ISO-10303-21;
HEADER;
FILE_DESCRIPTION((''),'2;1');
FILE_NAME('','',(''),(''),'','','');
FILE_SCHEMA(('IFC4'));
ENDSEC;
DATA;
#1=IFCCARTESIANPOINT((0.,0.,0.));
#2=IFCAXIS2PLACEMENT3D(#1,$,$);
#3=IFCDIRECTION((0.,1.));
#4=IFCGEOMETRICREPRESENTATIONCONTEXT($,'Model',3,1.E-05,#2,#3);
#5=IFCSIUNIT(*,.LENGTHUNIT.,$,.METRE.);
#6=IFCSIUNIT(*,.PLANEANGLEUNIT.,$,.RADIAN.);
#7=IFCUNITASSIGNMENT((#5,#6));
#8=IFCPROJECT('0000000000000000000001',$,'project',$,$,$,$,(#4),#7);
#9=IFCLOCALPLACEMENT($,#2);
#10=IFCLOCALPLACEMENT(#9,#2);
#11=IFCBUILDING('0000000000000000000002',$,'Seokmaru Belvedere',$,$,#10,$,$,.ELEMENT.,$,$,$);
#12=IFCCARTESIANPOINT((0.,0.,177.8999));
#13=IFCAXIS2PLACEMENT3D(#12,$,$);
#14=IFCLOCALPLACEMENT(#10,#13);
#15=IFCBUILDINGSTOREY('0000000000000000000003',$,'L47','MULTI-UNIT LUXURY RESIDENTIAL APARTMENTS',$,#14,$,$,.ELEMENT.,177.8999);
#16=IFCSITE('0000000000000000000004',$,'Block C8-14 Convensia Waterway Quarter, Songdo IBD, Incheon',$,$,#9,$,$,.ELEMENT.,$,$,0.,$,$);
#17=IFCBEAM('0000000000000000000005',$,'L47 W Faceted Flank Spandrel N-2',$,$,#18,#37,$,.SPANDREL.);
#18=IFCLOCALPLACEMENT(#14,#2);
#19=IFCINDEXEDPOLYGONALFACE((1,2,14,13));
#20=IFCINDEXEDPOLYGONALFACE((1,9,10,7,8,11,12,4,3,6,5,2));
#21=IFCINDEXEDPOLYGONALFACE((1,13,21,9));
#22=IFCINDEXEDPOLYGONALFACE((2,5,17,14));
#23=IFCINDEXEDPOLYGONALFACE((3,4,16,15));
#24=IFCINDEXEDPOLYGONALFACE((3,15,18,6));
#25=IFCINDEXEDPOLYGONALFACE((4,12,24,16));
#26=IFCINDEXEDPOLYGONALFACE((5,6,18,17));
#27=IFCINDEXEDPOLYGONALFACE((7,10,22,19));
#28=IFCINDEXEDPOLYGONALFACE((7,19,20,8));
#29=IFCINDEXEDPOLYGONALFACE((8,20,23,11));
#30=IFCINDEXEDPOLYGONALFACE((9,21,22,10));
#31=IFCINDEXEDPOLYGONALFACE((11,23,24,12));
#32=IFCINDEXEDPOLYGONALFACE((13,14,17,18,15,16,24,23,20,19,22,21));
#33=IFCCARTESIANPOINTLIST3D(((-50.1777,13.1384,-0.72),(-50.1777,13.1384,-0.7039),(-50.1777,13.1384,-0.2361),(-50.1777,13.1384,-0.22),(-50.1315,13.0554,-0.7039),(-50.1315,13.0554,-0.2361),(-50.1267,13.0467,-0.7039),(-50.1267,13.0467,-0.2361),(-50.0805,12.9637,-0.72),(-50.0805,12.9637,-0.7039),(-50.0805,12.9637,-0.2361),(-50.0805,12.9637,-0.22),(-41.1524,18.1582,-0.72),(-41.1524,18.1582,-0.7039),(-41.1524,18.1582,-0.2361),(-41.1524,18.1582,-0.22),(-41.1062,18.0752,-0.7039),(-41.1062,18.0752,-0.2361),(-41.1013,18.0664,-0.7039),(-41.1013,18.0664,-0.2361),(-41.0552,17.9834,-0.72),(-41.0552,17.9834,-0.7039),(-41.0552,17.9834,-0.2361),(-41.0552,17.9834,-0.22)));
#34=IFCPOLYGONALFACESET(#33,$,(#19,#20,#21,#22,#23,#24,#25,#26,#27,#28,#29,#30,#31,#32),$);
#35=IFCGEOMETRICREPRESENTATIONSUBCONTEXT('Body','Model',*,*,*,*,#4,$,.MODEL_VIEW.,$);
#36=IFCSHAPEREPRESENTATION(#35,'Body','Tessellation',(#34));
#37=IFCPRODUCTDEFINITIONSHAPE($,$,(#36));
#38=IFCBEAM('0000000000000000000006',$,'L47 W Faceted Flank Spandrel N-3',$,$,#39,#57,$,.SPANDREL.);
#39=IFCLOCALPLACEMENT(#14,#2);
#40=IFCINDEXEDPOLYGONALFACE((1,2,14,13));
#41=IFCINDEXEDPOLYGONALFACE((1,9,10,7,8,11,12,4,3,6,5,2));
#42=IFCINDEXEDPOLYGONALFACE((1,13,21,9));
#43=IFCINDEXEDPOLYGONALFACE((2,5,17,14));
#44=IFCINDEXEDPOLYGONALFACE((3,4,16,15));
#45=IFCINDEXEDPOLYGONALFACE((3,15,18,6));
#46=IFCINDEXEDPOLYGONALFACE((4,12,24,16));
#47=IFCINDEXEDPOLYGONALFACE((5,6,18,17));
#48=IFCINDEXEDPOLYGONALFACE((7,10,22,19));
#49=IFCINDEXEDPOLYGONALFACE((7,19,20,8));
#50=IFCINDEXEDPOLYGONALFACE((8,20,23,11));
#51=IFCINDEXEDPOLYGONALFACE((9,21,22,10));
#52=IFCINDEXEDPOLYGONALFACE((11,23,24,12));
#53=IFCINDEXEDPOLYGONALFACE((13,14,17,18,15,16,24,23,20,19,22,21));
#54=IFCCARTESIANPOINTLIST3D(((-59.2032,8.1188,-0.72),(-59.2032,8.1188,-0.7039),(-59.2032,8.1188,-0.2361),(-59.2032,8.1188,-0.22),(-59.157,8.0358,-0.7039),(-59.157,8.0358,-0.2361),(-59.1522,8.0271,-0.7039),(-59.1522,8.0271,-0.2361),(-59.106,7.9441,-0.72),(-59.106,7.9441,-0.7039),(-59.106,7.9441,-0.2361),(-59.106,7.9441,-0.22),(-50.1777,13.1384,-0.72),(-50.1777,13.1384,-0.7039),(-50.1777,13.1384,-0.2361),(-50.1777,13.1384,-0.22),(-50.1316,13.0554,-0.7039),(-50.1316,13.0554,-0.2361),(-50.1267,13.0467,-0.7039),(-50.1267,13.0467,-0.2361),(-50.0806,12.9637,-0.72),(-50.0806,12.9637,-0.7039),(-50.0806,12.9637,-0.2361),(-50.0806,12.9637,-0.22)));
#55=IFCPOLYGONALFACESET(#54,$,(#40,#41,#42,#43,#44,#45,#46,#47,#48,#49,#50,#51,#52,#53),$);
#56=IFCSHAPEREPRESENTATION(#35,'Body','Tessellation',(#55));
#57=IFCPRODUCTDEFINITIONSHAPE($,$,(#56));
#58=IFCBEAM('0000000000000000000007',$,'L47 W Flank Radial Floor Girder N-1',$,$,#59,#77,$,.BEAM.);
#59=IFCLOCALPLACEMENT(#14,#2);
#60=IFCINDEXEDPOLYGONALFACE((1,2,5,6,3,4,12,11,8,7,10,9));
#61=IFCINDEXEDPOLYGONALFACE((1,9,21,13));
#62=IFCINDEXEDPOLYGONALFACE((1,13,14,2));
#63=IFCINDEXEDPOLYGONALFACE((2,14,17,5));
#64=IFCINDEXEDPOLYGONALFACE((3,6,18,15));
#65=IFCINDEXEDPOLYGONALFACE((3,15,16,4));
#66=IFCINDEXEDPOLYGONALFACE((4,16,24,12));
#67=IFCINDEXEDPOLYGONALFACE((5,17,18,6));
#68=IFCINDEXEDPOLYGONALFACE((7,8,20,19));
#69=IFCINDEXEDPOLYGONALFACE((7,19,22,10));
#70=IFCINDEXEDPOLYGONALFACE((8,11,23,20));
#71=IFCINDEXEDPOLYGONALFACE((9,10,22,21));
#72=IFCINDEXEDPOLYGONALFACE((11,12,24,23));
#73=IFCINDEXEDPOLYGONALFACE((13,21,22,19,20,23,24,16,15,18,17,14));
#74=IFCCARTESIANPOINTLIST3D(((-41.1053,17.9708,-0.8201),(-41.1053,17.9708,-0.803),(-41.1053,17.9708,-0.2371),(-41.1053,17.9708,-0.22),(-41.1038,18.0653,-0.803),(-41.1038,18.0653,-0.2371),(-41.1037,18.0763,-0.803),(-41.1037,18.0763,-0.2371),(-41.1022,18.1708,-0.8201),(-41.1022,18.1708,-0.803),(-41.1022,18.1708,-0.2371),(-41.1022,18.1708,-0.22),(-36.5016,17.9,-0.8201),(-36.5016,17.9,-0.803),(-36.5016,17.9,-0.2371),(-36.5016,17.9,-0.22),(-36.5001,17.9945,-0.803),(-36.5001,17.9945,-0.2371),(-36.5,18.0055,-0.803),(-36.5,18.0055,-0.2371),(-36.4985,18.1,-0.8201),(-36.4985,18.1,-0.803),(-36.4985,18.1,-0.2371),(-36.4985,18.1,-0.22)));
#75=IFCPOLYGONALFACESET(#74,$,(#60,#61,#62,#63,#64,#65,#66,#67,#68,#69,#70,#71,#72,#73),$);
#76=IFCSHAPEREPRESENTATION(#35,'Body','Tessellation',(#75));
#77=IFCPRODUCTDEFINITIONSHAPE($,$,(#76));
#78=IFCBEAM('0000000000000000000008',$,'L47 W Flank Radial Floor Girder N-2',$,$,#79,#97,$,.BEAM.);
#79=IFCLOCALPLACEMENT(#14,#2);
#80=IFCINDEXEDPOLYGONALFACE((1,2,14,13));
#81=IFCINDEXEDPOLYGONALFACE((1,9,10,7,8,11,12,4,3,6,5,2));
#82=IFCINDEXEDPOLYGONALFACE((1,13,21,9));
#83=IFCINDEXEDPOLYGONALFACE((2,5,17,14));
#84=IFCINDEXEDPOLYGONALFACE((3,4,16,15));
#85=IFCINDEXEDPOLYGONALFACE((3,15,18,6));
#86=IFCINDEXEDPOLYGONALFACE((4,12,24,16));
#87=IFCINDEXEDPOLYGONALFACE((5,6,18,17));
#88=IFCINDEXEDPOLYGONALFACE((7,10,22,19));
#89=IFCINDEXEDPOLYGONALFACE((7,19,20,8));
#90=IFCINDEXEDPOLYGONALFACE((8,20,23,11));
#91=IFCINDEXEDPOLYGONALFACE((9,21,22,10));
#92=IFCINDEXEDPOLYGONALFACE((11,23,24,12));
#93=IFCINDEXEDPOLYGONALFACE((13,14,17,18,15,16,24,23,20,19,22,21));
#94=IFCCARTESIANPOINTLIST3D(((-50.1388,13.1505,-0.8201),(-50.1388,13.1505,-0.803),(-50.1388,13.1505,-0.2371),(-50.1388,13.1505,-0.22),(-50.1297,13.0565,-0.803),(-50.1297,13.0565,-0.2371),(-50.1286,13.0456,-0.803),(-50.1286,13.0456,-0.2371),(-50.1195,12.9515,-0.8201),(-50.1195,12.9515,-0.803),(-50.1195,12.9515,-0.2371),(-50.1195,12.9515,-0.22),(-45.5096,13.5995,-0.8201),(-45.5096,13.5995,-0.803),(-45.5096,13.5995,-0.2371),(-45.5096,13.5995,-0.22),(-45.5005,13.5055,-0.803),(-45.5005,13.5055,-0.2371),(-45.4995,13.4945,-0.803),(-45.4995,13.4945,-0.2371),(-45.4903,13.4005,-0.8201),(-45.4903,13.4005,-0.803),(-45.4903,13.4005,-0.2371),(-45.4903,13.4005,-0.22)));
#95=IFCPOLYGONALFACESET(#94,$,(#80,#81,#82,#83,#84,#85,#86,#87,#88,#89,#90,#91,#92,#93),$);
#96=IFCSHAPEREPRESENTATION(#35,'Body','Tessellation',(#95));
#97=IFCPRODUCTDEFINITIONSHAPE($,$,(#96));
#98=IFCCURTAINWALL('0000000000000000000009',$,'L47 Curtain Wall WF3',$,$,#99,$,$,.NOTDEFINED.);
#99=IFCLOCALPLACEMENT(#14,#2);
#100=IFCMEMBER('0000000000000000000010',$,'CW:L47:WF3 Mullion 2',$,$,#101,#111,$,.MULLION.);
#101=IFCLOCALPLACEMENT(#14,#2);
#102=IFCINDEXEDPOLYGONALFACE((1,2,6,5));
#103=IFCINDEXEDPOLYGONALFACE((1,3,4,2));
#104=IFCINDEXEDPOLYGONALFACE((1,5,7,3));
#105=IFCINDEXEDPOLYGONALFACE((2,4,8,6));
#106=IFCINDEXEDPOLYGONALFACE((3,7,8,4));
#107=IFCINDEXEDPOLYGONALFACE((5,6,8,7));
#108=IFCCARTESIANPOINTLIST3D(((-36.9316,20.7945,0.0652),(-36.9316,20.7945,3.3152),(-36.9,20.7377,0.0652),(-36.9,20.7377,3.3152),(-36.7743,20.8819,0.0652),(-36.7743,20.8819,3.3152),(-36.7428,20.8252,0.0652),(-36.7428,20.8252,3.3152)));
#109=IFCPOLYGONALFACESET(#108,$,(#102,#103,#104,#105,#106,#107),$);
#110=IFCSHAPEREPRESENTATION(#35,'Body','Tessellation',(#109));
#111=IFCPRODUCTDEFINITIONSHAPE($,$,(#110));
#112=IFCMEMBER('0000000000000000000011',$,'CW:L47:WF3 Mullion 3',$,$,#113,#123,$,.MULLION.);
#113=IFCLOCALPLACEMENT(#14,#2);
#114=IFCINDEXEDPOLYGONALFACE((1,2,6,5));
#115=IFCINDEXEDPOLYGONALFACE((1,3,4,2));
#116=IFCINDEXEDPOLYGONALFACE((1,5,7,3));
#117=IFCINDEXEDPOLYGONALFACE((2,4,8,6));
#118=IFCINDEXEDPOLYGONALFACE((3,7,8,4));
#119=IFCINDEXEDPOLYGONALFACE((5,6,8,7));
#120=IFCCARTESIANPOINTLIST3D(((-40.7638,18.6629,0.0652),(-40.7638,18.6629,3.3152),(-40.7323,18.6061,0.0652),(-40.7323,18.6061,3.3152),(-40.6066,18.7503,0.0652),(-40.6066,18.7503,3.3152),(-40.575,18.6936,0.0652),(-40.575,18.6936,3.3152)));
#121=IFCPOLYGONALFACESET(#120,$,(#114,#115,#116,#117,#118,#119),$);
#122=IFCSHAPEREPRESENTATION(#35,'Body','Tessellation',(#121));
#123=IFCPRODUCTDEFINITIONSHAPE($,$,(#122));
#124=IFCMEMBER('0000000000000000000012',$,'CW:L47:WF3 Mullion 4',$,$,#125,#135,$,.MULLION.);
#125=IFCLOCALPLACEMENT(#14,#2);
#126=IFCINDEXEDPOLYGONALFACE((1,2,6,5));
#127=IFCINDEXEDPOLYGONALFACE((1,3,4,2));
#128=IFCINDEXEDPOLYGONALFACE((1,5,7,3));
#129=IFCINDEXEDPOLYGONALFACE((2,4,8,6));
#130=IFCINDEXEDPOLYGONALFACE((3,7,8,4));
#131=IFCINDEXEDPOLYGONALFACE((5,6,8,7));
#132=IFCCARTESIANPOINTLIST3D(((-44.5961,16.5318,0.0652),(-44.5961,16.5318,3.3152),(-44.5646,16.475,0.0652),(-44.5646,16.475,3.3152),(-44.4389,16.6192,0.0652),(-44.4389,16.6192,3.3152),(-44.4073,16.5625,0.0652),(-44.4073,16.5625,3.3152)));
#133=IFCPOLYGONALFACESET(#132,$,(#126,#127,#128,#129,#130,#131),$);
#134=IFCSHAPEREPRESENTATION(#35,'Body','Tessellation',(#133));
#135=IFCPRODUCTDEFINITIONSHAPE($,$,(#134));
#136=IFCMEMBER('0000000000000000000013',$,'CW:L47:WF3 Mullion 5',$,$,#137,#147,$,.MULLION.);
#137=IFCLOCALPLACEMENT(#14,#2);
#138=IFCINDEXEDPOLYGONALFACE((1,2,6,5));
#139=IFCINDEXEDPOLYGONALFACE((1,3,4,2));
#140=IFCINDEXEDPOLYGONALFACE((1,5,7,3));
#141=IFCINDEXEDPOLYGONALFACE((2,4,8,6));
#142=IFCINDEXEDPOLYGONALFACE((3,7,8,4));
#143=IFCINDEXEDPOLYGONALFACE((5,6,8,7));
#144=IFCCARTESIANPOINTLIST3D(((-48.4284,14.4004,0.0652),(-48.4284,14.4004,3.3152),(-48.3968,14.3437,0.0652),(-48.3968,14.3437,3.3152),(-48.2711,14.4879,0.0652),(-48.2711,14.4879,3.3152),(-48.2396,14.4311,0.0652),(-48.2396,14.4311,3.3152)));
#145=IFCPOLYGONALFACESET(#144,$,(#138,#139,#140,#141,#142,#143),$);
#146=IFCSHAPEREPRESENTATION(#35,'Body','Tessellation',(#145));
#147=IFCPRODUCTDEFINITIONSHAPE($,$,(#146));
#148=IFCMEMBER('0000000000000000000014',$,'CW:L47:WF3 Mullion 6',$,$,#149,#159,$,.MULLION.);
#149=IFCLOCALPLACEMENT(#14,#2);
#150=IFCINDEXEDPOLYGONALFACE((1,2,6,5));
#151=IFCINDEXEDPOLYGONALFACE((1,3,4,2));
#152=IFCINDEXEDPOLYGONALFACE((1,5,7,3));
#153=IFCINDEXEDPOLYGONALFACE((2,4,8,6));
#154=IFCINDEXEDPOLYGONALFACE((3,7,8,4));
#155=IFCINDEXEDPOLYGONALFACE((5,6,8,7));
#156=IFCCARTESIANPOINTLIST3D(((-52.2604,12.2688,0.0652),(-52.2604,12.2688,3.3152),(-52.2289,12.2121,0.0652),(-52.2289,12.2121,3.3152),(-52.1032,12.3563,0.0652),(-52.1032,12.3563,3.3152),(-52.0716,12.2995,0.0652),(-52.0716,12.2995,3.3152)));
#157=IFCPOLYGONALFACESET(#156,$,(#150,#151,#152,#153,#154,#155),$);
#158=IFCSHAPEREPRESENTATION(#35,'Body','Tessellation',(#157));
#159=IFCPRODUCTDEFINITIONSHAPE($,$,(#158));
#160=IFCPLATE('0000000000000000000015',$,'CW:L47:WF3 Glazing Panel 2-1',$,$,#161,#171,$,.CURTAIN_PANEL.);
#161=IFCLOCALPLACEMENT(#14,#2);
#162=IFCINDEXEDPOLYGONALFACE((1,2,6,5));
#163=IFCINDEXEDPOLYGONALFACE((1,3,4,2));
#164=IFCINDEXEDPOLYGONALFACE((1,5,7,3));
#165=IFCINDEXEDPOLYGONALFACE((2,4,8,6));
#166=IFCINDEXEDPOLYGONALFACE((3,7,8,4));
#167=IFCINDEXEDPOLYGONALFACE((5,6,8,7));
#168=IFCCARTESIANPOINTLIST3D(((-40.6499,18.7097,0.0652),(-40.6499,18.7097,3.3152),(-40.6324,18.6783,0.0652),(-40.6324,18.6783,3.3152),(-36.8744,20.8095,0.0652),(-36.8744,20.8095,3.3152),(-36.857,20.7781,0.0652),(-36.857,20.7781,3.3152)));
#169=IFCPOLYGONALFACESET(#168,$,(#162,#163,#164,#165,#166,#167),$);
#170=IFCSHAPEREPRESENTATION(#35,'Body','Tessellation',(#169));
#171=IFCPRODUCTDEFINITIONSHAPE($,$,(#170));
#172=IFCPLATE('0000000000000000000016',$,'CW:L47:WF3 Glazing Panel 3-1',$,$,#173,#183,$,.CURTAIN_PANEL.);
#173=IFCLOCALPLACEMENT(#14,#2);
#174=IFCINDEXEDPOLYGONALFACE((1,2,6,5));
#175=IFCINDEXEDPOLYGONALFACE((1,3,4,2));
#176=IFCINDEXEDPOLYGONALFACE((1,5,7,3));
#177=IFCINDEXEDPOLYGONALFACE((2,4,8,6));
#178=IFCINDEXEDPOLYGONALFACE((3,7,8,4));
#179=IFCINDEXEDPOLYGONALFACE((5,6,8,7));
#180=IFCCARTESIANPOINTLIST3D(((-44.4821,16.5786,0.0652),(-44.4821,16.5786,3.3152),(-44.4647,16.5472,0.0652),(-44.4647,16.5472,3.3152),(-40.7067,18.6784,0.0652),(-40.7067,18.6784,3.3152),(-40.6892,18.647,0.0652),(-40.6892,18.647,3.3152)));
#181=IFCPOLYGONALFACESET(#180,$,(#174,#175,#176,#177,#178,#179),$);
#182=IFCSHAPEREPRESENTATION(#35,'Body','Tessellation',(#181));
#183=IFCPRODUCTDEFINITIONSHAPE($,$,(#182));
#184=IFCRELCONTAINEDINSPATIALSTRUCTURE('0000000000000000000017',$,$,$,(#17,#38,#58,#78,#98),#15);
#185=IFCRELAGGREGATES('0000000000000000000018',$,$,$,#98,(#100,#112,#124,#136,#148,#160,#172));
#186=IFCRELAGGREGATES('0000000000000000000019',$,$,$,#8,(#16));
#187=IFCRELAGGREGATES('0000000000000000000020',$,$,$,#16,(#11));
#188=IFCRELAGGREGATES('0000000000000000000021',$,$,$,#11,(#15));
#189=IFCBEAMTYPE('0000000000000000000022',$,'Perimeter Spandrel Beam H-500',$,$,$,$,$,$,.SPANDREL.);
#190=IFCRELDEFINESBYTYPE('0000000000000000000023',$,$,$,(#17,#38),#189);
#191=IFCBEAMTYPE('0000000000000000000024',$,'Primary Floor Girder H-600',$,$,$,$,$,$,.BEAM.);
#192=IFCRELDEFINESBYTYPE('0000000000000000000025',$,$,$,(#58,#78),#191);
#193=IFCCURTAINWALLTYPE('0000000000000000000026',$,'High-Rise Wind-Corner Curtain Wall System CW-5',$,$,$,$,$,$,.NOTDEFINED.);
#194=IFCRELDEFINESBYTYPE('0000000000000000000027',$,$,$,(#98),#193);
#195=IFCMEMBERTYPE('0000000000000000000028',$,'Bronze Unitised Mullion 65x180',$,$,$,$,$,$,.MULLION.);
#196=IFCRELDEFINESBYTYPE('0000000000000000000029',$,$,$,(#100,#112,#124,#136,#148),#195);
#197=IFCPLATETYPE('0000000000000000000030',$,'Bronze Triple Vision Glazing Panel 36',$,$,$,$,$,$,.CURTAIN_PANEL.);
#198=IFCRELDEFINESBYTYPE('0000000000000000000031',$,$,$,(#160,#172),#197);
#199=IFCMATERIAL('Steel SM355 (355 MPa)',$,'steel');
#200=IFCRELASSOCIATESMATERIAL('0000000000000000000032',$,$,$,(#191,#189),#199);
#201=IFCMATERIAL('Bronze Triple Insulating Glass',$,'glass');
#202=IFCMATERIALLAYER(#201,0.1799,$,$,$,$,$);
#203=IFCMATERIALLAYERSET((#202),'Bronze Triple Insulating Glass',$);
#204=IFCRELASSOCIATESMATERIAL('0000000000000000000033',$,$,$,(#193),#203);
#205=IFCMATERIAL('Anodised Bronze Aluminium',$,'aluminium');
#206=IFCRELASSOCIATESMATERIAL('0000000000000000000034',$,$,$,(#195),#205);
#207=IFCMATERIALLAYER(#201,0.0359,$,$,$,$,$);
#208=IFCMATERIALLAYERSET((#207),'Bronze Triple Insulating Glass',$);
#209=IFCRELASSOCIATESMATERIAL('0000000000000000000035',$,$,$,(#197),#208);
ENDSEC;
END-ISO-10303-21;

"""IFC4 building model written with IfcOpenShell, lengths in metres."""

from ifc_helpers import new_model, si_unit, direction, frame, origin, origin_2d, place, context, subcontext, project, spatial, rectangle, i_section, extrude, source, transform, mapped, material, layer, layer_set, material_profile, profile_set, type_object, type_shapes, element, aggregate, save


model = new_model("IFC4")

# Units and contexts
model_context = context("Model", 3, precision=1e-05, world=origin(), true_north=direction((0.0, 1.0)))
body_context = subcontext(model_context, "Body", "Model", "MODEL_VIEW")
ifc_project = project(units=[si_unit("LENGTHUNIT", "METRE"), si_unit("PLANEANGLEUNIT", "RADIAN")], contexts=[model_context])

# Site, building, storey
site_placement = place(None, origin())
site = spatial("IfcSite", under=ifc_project, at=site_placement, Name="Block C8-14 Convensia Waterway Quarter, Songdo IBD, Incheon", CompositionType="ELEMENT", RefElevation=0.0)
building_placement = place(site_placement, origin())
building = spatial("IfcBuilding", under=site, at=building_placement, Name="Seokmaru Belvedere", CompositionType="ELEMENT")
storey_placement = place(building_placement, frame((0.0, 0.0, 177.8999)))
storey = spatial("IfcBuildingStorey", under=building, at=storey_placement, Name="L47", Description="MULTI-UNIT LUXURY RESIDENTIAL APARTMENTS", CompositionType="ELEMENT", Elevation=177.8999)

# Shared definitions
ifc_material_1 = material(Name="Steel SM355 (355 MPa)", Category="steel")

# Beams
ifc_material_profile_1 = material_profile(ifc_material_1, i_section(OverallWidth=0.2, OverallDepth=0.6001, WebThickness=0.011, FlangeThickness=0.0171, at=origin_2d()), Name="H-600x200x11x17")
ifc_profile_set_1 = profile_set([ifc_material_profile_1], Name="Steel SM355 (355 MPa)")
beam_type_1 = type_object("IfcBeamType", Name="Primary Floor Girder H-600", PredefinedType="BEAM", material=ifc_profile_set_1)
ifc_material_profile_2 = material_profile(ifc_material_1, i_section(OverallWidth=0.2, OverallDepth=0.5, WebThickness=0.01, FlangeThickness=0.0161, at=origin_2d()), Name="H-500x200x10x16")
ifc_profile_set_2 = profile_set([ifc_material_profile_2], Name="Steel SM355 (355 MPa)")
beam_type_2 = type_object("IfcBeamType", Name="Perimeter Spandrel Beam H-500", PredefinedType="SPANDREL", material=ifc_profile_set_2)
shared_shape_1 = source(origin(), body_context, "Body", "SweptSolid", [
    extrude(i_section(OverallWidth=0.2, OverallDepth=0.5, WebThickness=0.01, FlangeThickness=0.0161, at=origin_2d()), origin(), (0.0, 0.0, 1.0), 10.3274),
])
type_shapes(beam_type_2, [shared_shape_1])
for number, where, z_axis, x_axis, name in (
    (1, (-41.1038, 18.0708, -0.47), (-0.873924, -0.486062, 0.0), (0.486062, -0.873924, 0.0), "L47 W Faceted Flank Spandrel N-2"),
    (2, (-50.1292, 13.051, -0.47), (-0.873934, -0.486044, 0.0), (0.486044, -0.873934, 0.0), "L47 W Faceted Flank Spandrel N-3"),
):
    element("IfcBeam", number, at=place(storey_placement, frame(where, z_axis=z_axis, x_axis=x_axis)), inside=storey, type_object=beam_type_2, Name=name, PredefinedType="SPANDREL", context=body_context, shape_type="MappedRepresentation", body=[
        mapped(shared_shape_1, transform((0.0, 0.0, 0.0), scale=1.0)),
    ])
shared_shape_2 = source(origin(), body_context, "Body", "SweptSolid", [
    extrude(i_section(OverallWidth=0.2, OverallDepth=0.6001, WebThickness=0.011, FlangeThickness=0.0171, at=origin_2d()), origin(), (0.0, 0.0, 1.0), 4.6042),
])
beam_1_placement = place(storey_placement, frame((-41.1038, 18.0708, -0.52), z_axis=(0.999882, -0.015377, 0.0), x_axis=(0.015377, 0.999882, 0.0)))
element("IfcBeam", 3, at=beam_1_placement, inside=storey, type_object=beam_type_1, Name="L47 W Flank Radial Floor Girder N-1", PredefinedType="BEAM", context=body_context, shape_type="MappedRepresentation", body=[
    mapped(shared_shape_2, transform((0.0, 0.0, 0.0), scale=1.0)),
])
shared_shape_3 = source(origin(), body_context, "Body", "SweptSolid", [
    extrude(i_section(OverallWidth=0.2, OverallDepth=0.6001, WebThickness=0.011, FlangeThickness=0.0171, at=origin_2d()), origin(), (0.0, 0.0, 1.0), 4.6509),
])
beam_2_placement = place(storey_placement, frame((-50.1292, 13.051, -0.52), z_axis=(0.99533, 0.096536, 0.0), x_axis=(-0.096536, 0.99533, 0.0)))
element("IfcBeam", 4, at=beam_2_placement, inside=storey, type_object=beam_type_1, Name="L47 W Flank Radial Floor Girder N-2", PredefinedType="BEAM", context=body_context, shape_type="MappedRepresentation", body=[
    mapped(shared_shape_3, transform((0.0, 0.0, 0.0), scale=1.0)),
])

# Curtain wall, members, plates
ifc_material_2 = material(Name="Bronze Triple Insulating Glass", Category="glass")
ifc_layer_1 = layer(ifc_material_2, 0.1799)
ifc_layer_set_1 = layer_set([ifc_layer_1], Name="Bronze Triple Insulating Glass")
curtain_wall_type = type_object("IfcCurtainWallType", Name="High-Rise Wind-Corner Curtain Wall System CW-5", PredefinedType="NOTDEFINED", material=ifc_layer_set_1)
curtain_wall_placement = place(storey_placement, origin())
curtain_wall = element("IfcCurtainWall", 5, at=curtain_wall_placement, inside=storey, type_object=curtain_wall_type, Name="L47 Curtain Wall WF3", PredefinedType="NOTDEFINED")
ifc_material_3 = material(Name="Anodised Bronze Aluminium", Category="aluminium")
ifc_material_profile_3 = material_profile(ifc_material_3, rectangle(XDim=0.0649, YDim=0.1799, at=origin_2d()), Name="CW-M-65x180")
ifc_profile_set_3 = profile_set([ifc_material_profile_3], Name="Anodised Bronze Aluminium")
member_type = type_object("IfcMemberType", Name="Bronze Unitised Mullion 65x180", PredefinedType="MULLION", material=ifc_profile_set_3)
shared_shape_4 = source(origin(), body_context, "Body", "SweptSolid", [
    extrude(rectangle(XDim=0.0649, YDim=0.1799, at=origin_2d()), origin(), (0.0, 0.0, 1.0), 3.25),
])
type_shapes(member_type, [shared_shape_4])
member_1_placement = place(storey_placement, frame((-36.8372, 20.8098, 0.0652), z_axis=(0.0, 0.0, 1.0), x_axis=(0.486047, -0.873933, 0.0)))
member_1 = element("IfcMember", 6, at=member_1_placement, type_object=member_type, Name="CW:L47:WF3 Mullion 2", PredefinedType="MULLION", context=body_context, shape_type="MappedRepresentation", body=[
    mapped(shared_shape_4, transform((0.0, 0.0, 0.0), scale=1.0)),
])
member_2_placement = place(storey_placement, frame((-40.6694, 18.6782, 0.0652), z_axis=(0.0, 0.0, 1.0), x_axis=(0.486047, -0.873933, 0.0)))
member_2 = element("IfcMember", 7, at=member_2_placement, type_object=member_type, Name="CW:L47:WF3 Mullion 3", PredefinedType="MULLION", context=body_context, shape_type="MappedRepresentation", body=[
    mapped(shared_shape_4, transform((0.0, 0.0, 0.0), scale=1.0)),
])
member_3_placement = place(storey_placement, frame((-44.5017, 16.5471, 0.0652), z_axis=(0.0, 0.0, 1.0), x_axis=(0.486047, -0.873933, 0.0)))
member_3 = element("IfcMember", 8, at=member_3_placement, type_object=member_type, Name="CW:L47:WF3 Mullion 4", PredefinedType="MULLION", context=body_context, shape_type="MappedRepresentation", body=[
    mapped(shared_shape_4, transform((0.0, 0.0, 0.0), scale=1.0)),
])
member_4_placement = place(storey_placement, frame((-48.334, 14.4158, 0.0652), z_axis=(0.0, 0.0, 1.0), x_axis=(0.486047, -0.873933, 0.0)))
member_4 = element("IfcMember", 9, at=member_4_placement, type_object=member_type, Name="CW:L47:WF3 Mullion 5", PredefinedType="MULLION", context=body_context, shape_type="MappedRepresentation", body=[
    mapped(shared_shape_4, transform((0.0, 0.0, 0.0), scale=1.0)),
])
member_5_placement = place(storey_placement, frame((-52.166, 12.2842, 0.0652), z_axis=(0.0, 0.0, 1.0), x_axis=(0.486047, -0.873933, 0.0)))
member_5 = element("IfcMember", 10, at=member_5_placement, type_object=member_type, Name="CW:L47:WF3 Mullion 6", PredefinedType="MULLION", context=body_context, shape_type="MappedRepresentation", body=[
    mapped(shared_shape_4, transform((0.0, 0.0, 0.0), scale=1.0)),
])
ifc_layer_2 = layer(ifc_material_2, 0.0359)
ifc_layer_set_2 = layer_set([ifc_layer_2], Name="Bronze Triple Insulating Glass")
plate_type = type_object("IfcPlateType", Name="Bronze Triple Vision Glazing Panel 36", PredefinedType="CURTAIN_PANEL", material=ifc_layer_set_2)
shared_shape_5 = source(origin(), body_context, "Body", "SweptSolid", [
    extrude(rectangle(XDim=4.3201, YDim=0.0359, at=origin_2d()), origin(), (0.0, 0.0, 1.0), 3.25),
])
type_shapes(plate_type, [shared_shape_5])
plate_1_placement = place(storey_placement, frame((-38.7534, 19.7439, 0.0652), z_axis=(0.0, 0.0, 1.0), x_axis=(-0.873933, -0.486047, 0.0)))
plate_1 = element("IfcPlate", 11, at=plate_1_placement, type_object=plate_type, Name="CW:L47:WF3 Glazing Panel 2-1", PredefinedType="CURTAIN_PANEL", context=body_context, shape_type="MappedRepresentation", body=[
    mapped(shared_shape_5, transform((0.0, 0.0, 0.0), scale=1.0)),
])
plate_2_placement = place(storey_placement, frame((-42.5857, 17.6128, 0.0652), z_axis=(0.0, 0.0, 1.0), x_axis=(-0.873933, -0.486047, 0.0)))
plate_2 = element("IfcPlate", 12, at=plate_2_placement, type_object=plate_type, Name="CW:L47:WF3 Glazing Panel 3-1", PredefinedType="CURTAIN_PANEL", context=body_context, shape_type="MappedRepresentation", body=[
    mapped(shared_shape_5, transform((0.0, 0.0, 0.0), scale=1.0)),
])
aggregate(curtain_wall, [member_1, member_2, member_3, member_4, member_5, plate_1, plate_2])

save(model, "model.ifc")
